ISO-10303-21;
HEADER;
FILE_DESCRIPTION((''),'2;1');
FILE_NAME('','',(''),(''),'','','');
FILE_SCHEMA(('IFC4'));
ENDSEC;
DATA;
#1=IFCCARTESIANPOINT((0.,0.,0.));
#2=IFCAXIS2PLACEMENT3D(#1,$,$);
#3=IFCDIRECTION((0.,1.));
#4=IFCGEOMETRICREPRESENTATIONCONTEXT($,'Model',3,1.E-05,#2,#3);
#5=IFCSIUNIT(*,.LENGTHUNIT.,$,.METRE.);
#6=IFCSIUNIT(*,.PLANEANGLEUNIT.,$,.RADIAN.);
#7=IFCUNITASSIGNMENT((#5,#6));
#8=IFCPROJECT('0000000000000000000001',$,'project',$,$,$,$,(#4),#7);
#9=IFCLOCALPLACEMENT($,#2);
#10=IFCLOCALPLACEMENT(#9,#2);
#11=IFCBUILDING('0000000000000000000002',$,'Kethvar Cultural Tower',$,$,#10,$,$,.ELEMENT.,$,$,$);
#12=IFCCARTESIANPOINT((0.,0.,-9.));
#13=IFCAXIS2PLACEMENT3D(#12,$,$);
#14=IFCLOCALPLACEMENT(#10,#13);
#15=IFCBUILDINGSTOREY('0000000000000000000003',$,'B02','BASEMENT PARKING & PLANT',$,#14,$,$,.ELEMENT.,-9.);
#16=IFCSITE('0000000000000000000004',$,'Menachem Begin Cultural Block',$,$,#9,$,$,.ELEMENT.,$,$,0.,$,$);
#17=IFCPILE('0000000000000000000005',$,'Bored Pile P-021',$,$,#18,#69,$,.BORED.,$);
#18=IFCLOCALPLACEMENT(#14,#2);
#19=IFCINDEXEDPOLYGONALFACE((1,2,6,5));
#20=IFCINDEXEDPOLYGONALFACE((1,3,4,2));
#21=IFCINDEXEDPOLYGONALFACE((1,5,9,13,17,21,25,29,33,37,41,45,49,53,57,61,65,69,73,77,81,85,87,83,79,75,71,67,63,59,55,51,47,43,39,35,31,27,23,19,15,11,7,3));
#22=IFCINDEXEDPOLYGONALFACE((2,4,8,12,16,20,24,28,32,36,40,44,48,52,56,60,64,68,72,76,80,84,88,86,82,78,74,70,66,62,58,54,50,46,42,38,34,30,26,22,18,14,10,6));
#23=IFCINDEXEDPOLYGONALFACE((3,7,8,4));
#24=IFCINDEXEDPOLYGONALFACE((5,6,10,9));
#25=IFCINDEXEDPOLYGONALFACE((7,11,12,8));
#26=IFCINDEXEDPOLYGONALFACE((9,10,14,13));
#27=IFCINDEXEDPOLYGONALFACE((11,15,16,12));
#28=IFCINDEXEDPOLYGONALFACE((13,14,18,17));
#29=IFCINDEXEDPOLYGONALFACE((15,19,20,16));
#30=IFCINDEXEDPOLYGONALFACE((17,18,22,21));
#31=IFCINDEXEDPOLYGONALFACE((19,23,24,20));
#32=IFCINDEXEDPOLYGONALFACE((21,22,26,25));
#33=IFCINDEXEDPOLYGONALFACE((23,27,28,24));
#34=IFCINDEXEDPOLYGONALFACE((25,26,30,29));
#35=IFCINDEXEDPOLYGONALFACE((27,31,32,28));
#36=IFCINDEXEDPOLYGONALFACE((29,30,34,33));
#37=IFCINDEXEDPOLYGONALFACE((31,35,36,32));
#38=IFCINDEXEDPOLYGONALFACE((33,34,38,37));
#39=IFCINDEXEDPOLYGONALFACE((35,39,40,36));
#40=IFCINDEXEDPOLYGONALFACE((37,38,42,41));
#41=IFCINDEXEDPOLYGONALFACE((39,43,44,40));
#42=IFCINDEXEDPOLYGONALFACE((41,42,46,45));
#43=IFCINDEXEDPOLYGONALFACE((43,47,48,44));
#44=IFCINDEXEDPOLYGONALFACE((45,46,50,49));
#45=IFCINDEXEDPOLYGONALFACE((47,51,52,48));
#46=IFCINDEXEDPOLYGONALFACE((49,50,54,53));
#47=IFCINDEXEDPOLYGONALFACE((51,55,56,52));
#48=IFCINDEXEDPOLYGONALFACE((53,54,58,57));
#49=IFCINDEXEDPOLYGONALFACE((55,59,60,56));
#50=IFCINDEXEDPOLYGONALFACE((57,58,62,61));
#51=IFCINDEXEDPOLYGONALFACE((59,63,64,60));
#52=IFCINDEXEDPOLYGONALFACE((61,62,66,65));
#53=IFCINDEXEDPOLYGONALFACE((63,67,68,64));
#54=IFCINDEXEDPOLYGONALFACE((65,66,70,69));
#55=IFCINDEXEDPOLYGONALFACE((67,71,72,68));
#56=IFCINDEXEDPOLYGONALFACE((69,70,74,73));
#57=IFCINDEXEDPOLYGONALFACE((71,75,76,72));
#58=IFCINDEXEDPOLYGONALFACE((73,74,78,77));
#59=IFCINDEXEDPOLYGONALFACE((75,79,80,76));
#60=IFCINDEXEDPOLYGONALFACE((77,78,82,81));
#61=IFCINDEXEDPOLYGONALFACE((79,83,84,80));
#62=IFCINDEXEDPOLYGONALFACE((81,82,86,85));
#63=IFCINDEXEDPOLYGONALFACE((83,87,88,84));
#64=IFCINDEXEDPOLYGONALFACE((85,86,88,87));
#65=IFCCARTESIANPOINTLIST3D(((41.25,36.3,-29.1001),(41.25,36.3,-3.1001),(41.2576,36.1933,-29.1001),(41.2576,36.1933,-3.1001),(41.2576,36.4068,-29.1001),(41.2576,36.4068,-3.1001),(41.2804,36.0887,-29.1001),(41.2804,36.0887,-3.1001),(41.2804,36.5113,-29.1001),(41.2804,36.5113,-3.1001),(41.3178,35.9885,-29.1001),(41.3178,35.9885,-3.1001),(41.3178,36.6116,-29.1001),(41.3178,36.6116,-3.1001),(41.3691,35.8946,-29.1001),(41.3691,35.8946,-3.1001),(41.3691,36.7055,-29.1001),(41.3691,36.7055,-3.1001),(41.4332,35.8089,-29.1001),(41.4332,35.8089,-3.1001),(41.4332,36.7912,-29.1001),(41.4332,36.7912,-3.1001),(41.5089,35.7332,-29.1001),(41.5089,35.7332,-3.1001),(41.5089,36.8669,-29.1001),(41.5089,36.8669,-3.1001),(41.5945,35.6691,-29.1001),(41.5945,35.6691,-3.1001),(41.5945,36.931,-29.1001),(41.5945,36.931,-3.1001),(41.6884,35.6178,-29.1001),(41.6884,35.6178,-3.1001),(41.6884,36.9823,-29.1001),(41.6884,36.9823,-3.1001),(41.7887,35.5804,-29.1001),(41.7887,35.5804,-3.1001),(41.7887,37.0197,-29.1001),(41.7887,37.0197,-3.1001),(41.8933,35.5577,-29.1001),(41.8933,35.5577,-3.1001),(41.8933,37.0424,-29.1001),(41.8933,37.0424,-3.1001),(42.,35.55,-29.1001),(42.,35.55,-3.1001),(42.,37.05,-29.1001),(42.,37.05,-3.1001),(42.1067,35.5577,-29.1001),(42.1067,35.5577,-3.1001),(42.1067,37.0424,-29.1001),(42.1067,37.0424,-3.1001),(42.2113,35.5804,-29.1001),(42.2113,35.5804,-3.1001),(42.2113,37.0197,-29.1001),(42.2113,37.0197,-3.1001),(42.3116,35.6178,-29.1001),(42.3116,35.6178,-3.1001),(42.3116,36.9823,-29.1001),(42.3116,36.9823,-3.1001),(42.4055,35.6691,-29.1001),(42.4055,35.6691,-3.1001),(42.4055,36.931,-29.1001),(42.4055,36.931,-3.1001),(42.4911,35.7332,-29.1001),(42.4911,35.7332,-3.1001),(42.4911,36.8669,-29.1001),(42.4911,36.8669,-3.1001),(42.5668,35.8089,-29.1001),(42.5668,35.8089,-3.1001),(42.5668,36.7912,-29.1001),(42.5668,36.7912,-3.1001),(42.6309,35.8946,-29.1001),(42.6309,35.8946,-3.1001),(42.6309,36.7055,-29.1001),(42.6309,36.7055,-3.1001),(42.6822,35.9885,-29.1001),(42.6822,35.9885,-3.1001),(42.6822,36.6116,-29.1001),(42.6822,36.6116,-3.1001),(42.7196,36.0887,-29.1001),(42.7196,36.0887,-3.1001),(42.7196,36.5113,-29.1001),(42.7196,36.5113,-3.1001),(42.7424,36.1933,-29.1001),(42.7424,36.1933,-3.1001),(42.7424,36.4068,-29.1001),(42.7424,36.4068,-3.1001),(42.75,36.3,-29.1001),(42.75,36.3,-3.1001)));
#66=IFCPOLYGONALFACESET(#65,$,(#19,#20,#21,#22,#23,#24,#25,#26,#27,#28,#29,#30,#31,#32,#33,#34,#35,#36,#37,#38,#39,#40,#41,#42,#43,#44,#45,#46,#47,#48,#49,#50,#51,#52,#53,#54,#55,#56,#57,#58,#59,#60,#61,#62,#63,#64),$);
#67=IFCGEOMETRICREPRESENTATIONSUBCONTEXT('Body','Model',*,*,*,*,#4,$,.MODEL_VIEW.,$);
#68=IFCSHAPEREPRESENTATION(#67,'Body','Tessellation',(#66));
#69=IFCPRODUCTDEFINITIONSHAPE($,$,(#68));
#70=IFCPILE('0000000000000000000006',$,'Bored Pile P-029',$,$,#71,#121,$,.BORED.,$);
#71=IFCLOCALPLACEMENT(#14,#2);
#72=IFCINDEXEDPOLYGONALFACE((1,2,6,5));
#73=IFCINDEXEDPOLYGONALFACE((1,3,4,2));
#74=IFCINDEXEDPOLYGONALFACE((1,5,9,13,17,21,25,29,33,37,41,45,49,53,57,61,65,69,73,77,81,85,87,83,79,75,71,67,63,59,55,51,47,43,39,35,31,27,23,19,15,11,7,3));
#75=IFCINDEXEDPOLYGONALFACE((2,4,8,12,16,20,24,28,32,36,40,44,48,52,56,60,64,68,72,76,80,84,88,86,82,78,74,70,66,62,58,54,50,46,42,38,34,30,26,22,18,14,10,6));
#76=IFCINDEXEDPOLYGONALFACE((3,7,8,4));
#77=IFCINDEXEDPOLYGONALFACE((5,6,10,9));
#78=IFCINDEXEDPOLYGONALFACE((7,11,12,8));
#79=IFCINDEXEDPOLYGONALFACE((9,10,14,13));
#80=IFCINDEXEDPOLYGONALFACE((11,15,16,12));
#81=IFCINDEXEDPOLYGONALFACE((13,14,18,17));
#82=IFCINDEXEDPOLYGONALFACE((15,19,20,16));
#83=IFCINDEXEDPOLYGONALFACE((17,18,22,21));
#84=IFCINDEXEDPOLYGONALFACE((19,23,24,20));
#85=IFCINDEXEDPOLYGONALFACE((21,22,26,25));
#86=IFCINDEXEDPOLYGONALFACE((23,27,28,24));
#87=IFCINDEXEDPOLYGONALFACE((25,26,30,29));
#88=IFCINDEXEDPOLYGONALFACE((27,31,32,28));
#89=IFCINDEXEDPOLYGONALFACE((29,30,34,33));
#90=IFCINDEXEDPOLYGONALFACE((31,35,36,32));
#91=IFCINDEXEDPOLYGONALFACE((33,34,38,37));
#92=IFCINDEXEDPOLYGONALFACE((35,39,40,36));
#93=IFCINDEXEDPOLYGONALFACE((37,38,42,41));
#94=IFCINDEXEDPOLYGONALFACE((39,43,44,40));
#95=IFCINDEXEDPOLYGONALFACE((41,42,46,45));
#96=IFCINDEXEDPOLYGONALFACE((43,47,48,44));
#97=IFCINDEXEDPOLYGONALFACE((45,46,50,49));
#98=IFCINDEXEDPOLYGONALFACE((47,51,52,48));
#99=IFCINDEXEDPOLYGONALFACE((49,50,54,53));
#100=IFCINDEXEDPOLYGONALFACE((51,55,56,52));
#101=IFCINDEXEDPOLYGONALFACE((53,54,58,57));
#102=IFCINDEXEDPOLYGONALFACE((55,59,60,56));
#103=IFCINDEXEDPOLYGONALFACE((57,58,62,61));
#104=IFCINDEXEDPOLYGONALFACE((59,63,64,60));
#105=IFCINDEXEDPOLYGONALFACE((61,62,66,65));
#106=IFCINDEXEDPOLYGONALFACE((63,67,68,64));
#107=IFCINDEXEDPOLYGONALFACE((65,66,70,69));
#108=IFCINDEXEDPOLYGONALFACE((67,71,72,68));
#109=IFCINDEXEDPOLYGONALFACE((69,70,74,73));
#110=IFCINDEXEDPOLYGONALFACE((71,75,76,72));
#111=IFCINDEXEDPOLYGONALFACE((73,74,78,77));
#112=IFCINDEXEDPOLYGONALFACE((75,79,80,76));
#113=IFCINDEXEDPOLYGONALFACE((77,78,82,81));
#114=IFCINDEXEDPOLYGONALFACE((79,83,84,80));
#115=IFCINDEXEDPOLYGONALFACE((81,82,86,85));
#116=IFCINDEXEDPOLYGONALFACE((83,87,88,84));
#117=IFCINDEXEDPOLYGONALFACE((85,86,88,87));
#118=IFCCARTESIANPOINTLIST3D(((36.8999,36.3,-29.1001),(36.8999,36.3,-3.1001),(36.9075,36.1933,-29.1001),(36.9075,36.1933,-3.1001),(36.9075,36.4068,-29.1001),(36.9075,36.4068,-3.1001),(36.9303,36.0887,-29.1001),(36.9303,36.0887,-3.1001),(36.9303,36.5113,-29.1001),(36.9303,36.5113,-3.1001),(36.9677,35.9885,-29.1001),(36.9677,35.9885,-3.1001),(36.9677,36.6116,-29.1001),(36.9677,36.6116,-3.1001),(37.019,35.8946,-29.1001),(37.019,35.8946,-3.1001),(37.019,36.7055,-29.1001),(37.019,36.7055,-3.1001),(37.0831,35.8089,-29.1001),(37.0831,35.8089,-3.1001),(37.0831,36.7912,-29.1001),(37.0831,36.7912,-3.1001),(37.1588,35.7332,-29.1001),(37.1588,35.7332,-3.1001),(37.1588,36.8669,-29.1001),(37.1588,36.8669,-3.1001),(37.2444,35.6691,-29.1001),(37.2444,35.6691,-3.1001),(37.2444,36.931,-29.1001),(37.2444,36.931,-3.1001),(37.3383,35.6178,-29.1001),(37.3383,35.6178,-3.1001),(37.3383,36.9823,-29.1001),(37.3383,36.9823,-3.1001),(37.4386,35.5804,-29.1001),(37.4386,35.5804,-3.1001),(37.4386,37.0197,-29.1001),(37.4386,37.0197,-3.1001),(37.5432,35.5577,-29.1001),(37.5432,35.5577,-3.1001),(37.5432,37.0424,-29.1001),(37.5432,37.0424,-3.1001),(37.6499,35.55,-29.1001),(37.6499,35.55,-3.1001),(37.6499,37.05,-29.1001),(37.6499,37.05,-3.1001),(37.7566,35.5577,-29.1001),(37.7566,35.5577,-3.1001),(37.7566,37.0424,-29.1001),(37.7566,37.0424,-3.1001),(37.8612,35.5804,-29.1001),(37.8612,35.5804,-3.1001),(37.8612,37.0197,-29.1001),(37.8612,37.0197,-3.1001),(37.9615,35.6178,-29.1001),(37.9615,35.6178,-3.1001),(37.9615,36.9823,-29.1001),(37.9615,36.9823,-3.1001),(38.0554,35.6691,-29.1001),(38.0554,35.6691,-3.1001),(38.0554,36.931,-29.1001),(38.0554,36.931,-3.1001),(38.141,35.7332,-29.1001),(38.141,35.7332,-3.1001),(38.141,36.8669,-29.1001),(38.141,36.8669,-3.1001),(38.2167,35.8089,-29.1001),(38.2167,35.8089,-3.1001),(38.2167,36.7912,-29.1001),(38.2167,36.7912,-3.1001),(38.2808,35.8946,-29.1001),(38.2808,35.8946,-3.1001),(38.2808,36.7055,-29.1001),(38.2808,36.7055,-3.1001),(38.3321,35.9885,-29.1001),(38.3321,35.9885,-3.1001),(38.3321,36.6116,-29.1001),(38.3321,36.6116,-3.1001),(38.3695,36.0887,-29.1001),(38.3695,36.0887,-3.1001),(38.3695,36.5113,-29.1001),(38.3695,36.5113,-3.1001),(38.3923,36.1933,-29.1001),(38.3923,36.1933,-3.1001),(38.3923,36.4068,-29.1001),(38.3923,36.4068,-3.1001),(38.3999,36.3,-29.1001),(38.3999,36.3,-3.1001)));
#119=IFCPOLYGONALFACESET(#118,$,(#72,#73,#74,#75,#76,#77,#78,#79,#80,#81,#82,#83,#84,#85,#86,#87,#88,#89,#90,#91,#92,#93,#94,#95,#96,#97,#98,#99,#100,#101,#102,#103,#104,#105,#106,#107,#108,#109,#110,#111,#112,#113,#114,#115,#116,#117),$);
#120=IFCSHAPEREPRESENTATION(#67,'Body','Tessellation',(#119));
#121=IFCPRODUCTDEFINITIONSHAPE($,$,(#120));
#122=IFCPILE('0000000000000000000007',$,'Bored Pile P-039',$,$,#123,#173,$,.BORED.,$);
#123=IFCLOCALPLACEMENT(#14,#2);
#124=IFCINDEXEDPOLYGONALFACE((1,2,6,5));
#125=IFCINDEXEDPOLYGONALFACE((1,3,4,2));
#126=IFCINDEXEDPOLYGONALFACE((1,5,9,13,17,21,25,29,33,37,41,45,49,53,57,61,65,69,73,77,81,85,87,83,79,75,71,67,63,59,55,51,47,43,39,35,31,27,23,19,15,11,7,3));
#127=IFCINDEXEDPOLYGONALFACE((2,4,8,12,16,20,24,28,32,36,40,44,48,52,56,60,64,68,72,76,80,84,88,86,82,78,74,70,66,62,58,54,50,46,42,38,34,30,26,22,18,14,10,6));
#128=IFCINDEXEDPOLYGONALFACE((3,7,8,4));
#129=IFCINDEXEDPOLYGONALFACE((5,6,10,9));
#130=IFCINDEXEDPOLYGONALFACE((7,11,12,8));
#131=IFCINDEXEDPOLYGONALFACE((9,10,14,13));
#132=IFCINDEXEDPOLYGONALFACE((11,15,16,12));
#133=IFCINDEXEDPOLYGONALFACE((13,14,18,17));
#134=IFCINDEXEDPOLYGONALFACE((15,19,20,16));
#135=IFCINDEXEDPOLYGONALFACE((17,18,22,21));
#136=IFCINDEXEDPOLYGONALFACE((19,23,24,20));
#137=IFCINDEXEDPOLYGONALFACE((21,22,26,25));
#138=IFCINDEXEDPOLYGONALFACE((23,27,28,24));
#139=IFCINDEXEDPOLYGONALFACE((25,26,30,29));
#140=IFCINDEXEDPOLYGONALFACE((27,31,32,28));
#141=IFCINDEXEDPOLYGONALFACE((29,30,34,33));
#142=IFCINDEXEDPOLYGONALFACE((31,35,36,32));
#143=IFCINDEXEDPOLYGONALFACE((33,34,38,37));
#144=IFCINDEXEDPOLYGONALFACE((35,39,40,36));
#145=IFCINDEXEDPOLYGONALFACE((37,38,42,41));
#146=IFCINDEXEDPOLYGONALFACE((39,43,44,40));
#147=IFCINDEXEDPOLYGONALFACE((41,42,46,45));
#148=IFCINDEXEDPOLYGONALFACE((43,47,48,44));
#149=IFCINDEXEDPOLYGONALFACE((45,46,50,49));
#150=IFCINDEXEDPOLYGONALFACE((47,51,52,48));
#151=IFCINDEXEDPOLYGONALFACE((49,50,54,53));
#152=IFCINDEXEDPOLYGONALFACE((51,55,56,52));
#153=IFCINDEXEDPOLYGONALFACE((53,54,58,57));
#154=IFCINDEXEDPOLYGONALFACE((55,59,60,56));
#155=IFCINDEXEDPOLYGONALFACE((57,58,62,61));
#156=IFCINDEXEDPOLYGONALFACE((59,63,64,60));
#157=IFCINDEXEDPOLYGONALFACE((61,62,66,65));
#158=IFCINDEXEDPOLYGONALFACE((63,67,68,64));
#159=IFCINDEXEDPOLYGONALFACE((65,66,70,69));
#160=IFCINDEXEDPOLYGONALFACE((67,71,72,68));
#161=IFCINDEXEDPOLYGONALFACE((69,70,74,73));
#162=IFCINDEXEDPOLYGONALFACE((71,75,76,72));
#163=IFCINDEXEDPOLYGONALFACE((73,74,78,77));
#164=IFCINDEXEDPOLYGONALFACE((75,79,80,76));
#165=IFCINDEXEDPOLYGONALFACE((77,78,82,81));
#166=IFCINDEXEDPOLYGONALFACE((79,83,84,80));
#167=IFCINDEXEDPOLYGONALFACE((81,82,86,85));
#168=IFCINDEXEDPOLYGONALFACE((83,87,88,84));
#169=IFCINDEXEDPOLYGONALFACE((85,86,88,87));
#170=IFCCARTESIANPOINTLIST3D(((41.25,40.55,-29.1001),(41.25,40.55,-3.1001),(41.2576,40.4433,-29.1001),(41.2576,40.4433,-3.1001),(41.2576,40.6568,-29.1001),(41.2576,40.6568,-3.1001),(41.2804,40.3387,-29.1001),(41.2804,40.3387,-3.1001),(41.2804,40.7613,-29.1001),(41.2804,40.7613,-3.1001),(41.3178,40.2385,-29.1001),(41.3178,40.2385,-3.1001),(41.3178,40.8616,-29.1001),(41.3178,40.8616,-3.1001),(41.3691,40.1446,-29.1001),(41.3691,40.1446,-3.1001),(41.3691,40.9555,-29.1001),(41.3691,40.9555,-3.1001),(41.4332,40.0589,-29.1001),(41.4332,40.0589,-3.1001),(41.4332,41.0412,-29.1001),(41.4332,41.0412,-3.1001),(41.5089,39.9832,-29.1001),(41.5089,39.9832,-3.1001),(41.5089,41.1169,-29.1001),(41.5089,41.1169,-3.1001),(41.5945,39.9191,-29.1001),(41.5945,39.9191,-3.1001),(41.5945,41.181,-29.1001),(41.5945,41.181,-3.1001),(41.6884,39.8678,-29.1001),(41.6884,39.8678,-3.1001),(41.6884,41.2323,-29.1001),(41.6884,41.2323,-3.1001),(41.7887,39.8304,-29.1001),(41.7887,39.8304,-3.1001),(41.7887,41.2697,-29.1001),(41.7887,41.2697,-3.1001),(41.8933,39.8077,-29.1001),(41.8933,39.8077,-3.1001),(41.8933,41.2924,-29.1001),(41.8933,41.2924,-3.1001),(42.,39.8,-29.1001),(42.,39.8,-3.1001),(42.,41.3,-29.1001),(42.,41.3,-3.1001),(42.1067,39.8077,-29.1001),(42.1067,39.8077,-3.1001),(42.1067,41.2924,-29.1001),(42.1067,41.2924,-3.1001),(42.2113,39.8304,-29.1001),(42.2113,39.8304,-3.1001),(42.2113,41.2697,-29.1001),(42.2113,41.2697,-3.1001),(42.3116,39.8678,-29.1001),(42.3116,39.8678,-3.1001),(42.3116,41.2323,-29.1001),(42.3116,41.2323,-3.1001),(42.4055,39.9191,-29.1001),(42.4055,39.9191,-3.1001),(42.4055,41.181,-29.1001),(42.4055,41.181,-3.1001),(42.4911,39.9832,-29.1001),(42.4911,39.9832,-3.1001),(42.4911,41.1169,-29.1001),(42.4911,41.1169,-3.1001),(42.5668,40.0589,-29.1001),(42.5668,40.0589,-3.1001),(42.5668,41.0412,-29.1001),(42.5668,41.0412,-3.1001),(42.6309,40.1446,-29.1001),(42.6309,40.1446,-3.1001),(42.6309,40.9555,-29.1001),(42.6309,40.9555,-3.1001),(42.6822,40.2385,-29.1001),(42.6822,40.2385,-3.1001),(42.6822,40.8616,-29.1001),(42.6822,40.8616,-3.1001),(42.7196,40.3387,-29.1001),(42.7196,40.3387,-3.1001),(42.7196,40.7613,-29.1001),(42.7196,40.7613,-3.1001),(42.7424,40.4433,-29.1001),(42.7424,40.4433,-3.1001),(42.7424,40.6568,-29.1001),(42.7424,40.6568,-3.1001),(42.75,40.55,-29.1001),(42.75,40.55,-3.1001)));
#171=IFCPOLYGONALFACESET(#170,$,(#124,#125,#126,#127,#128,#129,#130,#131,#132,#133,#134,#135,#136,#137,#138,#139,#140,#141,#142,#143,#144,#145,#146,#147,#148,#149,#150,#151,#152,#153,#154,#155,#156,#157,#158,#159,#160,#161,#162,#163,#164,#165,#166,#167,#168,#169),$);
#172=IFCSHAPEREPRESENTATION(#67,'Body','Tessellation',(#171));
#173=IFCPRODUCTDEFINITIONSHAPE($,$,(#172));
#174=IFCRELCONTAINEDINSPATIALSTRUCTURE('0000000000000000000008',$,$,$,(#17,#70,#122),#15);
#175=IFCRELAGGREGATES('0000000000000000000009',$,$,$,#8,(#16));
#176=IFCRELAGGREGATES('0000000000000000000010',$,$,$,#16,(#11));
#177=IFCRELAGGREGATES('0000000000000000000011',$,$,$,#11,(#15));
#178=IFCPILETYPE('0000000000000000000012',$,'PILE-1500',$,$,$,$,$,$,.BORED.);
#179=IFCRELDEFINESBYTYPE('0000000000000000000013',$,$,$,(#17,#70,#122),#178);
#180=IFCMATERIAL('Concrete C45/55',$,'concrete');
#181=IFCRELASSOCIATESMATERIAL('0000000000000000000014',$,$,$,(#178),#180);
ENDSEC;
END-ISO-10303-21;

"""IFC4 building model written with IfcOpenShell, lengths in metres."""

from ifc_helpers import new_model, si_unit, direction, frame, origin, origin_2d, place, context, subcontext, project, spatial, circle, extrude, source, transform, mapped, material, material_profile, profile_set, type_object, element, save


model = new_model("IFC4")

# Units and contexts
model_context = context("Model", 3, precision=1e-05, world=origin(), true_north=direction((0.0, 1.0)))
body_context = subcontext(model_context, "Body", "Model", "MODEL_VIEW")
ifc_project = project(units=[si_unit("LENGTHUNIT", "METRE"), si_unit("PLANEANGLEUNIT", "RADIAN")], contexts=[model_context])

# Site, building, storey
site_placement = place(None, origin())
site = spatial("IfcSite", under=ifc_project, at=site_placement, Name="Menachem Begin Cultural Block", CompositionType="ELEMENT", RefElevation=0.0)
building_placement = place(site_placement, origin())
building = spatial("IfcBuilding", under=site, at=building_placement, Name="Kethvar Cultural Tower", CompositionType="ELEMENT")
storey_placement = place(building_placement, frame((0.0, 0.0, -9.0)))
storey = spatial("IfcBuildingStorey", under=building, at=storey_placement, Name="B02", Description="BASEMENT PARKING & PLANT", CompositionType="ELEMENT", Elevation=-9.0)

# Piles
ifc_material_1 = material(Name="Concrete C45/55", Category="concrete")
ifc_material_profile_1 = material_profile(ifc_material_1, circle(Radius=0.75, at=origin_2d()), Name="Concrete C45/55 — PILE1500")
ifc_profile_set_1 = profile_set([ifc_material_profile_1], Name="Concrete C45/55 — PILE1500")
pile_type = type_object("IfcPileType", Name="PILE-1500", PredefinedType="BORED", material=ifc_profile_set_1)
shared_shape_1 = source(origin(), body_context, "Body", "SweptSolid", [
    extrude(circle(Radius=0.75, at=origin_2d()), origin(), (0.0, 0.0, 1.0), 26.0),
])
for number, where, z_axis, x_axis, name in (
    (1, (42.0, 36.3, -3.1001), (0.0, 0.0, -1.0), (1.0, 0.0, 0.0), "Bored Pile P-021"),
    (2, (37.6499, 36.3, -3.1001), (0.0, 0.0, -1.0), (1.0, 0.0, 0.0), "Bored Pile P-029"),
    (3, (42.0, 40.55, -3.1001), (0.0, 0.0, -1.0), (1.0, 0.0, 0.0), "Bored Pile P-039"),
):
    element("IfcPile", number, at=place(storey_placement, frame(where, z_axis=z_axis, x_axis=x_axis)), inside=storey, type_object=pile_type, Name=name, PredefinedType="BORED", context=body_context, shape_type="MappedRepresentation", body=[
        mapped(shared_shape_1, transform((0.0, 0.0, 0.0), scale=1.0)),
    ])

save(model, "model.ifc")
